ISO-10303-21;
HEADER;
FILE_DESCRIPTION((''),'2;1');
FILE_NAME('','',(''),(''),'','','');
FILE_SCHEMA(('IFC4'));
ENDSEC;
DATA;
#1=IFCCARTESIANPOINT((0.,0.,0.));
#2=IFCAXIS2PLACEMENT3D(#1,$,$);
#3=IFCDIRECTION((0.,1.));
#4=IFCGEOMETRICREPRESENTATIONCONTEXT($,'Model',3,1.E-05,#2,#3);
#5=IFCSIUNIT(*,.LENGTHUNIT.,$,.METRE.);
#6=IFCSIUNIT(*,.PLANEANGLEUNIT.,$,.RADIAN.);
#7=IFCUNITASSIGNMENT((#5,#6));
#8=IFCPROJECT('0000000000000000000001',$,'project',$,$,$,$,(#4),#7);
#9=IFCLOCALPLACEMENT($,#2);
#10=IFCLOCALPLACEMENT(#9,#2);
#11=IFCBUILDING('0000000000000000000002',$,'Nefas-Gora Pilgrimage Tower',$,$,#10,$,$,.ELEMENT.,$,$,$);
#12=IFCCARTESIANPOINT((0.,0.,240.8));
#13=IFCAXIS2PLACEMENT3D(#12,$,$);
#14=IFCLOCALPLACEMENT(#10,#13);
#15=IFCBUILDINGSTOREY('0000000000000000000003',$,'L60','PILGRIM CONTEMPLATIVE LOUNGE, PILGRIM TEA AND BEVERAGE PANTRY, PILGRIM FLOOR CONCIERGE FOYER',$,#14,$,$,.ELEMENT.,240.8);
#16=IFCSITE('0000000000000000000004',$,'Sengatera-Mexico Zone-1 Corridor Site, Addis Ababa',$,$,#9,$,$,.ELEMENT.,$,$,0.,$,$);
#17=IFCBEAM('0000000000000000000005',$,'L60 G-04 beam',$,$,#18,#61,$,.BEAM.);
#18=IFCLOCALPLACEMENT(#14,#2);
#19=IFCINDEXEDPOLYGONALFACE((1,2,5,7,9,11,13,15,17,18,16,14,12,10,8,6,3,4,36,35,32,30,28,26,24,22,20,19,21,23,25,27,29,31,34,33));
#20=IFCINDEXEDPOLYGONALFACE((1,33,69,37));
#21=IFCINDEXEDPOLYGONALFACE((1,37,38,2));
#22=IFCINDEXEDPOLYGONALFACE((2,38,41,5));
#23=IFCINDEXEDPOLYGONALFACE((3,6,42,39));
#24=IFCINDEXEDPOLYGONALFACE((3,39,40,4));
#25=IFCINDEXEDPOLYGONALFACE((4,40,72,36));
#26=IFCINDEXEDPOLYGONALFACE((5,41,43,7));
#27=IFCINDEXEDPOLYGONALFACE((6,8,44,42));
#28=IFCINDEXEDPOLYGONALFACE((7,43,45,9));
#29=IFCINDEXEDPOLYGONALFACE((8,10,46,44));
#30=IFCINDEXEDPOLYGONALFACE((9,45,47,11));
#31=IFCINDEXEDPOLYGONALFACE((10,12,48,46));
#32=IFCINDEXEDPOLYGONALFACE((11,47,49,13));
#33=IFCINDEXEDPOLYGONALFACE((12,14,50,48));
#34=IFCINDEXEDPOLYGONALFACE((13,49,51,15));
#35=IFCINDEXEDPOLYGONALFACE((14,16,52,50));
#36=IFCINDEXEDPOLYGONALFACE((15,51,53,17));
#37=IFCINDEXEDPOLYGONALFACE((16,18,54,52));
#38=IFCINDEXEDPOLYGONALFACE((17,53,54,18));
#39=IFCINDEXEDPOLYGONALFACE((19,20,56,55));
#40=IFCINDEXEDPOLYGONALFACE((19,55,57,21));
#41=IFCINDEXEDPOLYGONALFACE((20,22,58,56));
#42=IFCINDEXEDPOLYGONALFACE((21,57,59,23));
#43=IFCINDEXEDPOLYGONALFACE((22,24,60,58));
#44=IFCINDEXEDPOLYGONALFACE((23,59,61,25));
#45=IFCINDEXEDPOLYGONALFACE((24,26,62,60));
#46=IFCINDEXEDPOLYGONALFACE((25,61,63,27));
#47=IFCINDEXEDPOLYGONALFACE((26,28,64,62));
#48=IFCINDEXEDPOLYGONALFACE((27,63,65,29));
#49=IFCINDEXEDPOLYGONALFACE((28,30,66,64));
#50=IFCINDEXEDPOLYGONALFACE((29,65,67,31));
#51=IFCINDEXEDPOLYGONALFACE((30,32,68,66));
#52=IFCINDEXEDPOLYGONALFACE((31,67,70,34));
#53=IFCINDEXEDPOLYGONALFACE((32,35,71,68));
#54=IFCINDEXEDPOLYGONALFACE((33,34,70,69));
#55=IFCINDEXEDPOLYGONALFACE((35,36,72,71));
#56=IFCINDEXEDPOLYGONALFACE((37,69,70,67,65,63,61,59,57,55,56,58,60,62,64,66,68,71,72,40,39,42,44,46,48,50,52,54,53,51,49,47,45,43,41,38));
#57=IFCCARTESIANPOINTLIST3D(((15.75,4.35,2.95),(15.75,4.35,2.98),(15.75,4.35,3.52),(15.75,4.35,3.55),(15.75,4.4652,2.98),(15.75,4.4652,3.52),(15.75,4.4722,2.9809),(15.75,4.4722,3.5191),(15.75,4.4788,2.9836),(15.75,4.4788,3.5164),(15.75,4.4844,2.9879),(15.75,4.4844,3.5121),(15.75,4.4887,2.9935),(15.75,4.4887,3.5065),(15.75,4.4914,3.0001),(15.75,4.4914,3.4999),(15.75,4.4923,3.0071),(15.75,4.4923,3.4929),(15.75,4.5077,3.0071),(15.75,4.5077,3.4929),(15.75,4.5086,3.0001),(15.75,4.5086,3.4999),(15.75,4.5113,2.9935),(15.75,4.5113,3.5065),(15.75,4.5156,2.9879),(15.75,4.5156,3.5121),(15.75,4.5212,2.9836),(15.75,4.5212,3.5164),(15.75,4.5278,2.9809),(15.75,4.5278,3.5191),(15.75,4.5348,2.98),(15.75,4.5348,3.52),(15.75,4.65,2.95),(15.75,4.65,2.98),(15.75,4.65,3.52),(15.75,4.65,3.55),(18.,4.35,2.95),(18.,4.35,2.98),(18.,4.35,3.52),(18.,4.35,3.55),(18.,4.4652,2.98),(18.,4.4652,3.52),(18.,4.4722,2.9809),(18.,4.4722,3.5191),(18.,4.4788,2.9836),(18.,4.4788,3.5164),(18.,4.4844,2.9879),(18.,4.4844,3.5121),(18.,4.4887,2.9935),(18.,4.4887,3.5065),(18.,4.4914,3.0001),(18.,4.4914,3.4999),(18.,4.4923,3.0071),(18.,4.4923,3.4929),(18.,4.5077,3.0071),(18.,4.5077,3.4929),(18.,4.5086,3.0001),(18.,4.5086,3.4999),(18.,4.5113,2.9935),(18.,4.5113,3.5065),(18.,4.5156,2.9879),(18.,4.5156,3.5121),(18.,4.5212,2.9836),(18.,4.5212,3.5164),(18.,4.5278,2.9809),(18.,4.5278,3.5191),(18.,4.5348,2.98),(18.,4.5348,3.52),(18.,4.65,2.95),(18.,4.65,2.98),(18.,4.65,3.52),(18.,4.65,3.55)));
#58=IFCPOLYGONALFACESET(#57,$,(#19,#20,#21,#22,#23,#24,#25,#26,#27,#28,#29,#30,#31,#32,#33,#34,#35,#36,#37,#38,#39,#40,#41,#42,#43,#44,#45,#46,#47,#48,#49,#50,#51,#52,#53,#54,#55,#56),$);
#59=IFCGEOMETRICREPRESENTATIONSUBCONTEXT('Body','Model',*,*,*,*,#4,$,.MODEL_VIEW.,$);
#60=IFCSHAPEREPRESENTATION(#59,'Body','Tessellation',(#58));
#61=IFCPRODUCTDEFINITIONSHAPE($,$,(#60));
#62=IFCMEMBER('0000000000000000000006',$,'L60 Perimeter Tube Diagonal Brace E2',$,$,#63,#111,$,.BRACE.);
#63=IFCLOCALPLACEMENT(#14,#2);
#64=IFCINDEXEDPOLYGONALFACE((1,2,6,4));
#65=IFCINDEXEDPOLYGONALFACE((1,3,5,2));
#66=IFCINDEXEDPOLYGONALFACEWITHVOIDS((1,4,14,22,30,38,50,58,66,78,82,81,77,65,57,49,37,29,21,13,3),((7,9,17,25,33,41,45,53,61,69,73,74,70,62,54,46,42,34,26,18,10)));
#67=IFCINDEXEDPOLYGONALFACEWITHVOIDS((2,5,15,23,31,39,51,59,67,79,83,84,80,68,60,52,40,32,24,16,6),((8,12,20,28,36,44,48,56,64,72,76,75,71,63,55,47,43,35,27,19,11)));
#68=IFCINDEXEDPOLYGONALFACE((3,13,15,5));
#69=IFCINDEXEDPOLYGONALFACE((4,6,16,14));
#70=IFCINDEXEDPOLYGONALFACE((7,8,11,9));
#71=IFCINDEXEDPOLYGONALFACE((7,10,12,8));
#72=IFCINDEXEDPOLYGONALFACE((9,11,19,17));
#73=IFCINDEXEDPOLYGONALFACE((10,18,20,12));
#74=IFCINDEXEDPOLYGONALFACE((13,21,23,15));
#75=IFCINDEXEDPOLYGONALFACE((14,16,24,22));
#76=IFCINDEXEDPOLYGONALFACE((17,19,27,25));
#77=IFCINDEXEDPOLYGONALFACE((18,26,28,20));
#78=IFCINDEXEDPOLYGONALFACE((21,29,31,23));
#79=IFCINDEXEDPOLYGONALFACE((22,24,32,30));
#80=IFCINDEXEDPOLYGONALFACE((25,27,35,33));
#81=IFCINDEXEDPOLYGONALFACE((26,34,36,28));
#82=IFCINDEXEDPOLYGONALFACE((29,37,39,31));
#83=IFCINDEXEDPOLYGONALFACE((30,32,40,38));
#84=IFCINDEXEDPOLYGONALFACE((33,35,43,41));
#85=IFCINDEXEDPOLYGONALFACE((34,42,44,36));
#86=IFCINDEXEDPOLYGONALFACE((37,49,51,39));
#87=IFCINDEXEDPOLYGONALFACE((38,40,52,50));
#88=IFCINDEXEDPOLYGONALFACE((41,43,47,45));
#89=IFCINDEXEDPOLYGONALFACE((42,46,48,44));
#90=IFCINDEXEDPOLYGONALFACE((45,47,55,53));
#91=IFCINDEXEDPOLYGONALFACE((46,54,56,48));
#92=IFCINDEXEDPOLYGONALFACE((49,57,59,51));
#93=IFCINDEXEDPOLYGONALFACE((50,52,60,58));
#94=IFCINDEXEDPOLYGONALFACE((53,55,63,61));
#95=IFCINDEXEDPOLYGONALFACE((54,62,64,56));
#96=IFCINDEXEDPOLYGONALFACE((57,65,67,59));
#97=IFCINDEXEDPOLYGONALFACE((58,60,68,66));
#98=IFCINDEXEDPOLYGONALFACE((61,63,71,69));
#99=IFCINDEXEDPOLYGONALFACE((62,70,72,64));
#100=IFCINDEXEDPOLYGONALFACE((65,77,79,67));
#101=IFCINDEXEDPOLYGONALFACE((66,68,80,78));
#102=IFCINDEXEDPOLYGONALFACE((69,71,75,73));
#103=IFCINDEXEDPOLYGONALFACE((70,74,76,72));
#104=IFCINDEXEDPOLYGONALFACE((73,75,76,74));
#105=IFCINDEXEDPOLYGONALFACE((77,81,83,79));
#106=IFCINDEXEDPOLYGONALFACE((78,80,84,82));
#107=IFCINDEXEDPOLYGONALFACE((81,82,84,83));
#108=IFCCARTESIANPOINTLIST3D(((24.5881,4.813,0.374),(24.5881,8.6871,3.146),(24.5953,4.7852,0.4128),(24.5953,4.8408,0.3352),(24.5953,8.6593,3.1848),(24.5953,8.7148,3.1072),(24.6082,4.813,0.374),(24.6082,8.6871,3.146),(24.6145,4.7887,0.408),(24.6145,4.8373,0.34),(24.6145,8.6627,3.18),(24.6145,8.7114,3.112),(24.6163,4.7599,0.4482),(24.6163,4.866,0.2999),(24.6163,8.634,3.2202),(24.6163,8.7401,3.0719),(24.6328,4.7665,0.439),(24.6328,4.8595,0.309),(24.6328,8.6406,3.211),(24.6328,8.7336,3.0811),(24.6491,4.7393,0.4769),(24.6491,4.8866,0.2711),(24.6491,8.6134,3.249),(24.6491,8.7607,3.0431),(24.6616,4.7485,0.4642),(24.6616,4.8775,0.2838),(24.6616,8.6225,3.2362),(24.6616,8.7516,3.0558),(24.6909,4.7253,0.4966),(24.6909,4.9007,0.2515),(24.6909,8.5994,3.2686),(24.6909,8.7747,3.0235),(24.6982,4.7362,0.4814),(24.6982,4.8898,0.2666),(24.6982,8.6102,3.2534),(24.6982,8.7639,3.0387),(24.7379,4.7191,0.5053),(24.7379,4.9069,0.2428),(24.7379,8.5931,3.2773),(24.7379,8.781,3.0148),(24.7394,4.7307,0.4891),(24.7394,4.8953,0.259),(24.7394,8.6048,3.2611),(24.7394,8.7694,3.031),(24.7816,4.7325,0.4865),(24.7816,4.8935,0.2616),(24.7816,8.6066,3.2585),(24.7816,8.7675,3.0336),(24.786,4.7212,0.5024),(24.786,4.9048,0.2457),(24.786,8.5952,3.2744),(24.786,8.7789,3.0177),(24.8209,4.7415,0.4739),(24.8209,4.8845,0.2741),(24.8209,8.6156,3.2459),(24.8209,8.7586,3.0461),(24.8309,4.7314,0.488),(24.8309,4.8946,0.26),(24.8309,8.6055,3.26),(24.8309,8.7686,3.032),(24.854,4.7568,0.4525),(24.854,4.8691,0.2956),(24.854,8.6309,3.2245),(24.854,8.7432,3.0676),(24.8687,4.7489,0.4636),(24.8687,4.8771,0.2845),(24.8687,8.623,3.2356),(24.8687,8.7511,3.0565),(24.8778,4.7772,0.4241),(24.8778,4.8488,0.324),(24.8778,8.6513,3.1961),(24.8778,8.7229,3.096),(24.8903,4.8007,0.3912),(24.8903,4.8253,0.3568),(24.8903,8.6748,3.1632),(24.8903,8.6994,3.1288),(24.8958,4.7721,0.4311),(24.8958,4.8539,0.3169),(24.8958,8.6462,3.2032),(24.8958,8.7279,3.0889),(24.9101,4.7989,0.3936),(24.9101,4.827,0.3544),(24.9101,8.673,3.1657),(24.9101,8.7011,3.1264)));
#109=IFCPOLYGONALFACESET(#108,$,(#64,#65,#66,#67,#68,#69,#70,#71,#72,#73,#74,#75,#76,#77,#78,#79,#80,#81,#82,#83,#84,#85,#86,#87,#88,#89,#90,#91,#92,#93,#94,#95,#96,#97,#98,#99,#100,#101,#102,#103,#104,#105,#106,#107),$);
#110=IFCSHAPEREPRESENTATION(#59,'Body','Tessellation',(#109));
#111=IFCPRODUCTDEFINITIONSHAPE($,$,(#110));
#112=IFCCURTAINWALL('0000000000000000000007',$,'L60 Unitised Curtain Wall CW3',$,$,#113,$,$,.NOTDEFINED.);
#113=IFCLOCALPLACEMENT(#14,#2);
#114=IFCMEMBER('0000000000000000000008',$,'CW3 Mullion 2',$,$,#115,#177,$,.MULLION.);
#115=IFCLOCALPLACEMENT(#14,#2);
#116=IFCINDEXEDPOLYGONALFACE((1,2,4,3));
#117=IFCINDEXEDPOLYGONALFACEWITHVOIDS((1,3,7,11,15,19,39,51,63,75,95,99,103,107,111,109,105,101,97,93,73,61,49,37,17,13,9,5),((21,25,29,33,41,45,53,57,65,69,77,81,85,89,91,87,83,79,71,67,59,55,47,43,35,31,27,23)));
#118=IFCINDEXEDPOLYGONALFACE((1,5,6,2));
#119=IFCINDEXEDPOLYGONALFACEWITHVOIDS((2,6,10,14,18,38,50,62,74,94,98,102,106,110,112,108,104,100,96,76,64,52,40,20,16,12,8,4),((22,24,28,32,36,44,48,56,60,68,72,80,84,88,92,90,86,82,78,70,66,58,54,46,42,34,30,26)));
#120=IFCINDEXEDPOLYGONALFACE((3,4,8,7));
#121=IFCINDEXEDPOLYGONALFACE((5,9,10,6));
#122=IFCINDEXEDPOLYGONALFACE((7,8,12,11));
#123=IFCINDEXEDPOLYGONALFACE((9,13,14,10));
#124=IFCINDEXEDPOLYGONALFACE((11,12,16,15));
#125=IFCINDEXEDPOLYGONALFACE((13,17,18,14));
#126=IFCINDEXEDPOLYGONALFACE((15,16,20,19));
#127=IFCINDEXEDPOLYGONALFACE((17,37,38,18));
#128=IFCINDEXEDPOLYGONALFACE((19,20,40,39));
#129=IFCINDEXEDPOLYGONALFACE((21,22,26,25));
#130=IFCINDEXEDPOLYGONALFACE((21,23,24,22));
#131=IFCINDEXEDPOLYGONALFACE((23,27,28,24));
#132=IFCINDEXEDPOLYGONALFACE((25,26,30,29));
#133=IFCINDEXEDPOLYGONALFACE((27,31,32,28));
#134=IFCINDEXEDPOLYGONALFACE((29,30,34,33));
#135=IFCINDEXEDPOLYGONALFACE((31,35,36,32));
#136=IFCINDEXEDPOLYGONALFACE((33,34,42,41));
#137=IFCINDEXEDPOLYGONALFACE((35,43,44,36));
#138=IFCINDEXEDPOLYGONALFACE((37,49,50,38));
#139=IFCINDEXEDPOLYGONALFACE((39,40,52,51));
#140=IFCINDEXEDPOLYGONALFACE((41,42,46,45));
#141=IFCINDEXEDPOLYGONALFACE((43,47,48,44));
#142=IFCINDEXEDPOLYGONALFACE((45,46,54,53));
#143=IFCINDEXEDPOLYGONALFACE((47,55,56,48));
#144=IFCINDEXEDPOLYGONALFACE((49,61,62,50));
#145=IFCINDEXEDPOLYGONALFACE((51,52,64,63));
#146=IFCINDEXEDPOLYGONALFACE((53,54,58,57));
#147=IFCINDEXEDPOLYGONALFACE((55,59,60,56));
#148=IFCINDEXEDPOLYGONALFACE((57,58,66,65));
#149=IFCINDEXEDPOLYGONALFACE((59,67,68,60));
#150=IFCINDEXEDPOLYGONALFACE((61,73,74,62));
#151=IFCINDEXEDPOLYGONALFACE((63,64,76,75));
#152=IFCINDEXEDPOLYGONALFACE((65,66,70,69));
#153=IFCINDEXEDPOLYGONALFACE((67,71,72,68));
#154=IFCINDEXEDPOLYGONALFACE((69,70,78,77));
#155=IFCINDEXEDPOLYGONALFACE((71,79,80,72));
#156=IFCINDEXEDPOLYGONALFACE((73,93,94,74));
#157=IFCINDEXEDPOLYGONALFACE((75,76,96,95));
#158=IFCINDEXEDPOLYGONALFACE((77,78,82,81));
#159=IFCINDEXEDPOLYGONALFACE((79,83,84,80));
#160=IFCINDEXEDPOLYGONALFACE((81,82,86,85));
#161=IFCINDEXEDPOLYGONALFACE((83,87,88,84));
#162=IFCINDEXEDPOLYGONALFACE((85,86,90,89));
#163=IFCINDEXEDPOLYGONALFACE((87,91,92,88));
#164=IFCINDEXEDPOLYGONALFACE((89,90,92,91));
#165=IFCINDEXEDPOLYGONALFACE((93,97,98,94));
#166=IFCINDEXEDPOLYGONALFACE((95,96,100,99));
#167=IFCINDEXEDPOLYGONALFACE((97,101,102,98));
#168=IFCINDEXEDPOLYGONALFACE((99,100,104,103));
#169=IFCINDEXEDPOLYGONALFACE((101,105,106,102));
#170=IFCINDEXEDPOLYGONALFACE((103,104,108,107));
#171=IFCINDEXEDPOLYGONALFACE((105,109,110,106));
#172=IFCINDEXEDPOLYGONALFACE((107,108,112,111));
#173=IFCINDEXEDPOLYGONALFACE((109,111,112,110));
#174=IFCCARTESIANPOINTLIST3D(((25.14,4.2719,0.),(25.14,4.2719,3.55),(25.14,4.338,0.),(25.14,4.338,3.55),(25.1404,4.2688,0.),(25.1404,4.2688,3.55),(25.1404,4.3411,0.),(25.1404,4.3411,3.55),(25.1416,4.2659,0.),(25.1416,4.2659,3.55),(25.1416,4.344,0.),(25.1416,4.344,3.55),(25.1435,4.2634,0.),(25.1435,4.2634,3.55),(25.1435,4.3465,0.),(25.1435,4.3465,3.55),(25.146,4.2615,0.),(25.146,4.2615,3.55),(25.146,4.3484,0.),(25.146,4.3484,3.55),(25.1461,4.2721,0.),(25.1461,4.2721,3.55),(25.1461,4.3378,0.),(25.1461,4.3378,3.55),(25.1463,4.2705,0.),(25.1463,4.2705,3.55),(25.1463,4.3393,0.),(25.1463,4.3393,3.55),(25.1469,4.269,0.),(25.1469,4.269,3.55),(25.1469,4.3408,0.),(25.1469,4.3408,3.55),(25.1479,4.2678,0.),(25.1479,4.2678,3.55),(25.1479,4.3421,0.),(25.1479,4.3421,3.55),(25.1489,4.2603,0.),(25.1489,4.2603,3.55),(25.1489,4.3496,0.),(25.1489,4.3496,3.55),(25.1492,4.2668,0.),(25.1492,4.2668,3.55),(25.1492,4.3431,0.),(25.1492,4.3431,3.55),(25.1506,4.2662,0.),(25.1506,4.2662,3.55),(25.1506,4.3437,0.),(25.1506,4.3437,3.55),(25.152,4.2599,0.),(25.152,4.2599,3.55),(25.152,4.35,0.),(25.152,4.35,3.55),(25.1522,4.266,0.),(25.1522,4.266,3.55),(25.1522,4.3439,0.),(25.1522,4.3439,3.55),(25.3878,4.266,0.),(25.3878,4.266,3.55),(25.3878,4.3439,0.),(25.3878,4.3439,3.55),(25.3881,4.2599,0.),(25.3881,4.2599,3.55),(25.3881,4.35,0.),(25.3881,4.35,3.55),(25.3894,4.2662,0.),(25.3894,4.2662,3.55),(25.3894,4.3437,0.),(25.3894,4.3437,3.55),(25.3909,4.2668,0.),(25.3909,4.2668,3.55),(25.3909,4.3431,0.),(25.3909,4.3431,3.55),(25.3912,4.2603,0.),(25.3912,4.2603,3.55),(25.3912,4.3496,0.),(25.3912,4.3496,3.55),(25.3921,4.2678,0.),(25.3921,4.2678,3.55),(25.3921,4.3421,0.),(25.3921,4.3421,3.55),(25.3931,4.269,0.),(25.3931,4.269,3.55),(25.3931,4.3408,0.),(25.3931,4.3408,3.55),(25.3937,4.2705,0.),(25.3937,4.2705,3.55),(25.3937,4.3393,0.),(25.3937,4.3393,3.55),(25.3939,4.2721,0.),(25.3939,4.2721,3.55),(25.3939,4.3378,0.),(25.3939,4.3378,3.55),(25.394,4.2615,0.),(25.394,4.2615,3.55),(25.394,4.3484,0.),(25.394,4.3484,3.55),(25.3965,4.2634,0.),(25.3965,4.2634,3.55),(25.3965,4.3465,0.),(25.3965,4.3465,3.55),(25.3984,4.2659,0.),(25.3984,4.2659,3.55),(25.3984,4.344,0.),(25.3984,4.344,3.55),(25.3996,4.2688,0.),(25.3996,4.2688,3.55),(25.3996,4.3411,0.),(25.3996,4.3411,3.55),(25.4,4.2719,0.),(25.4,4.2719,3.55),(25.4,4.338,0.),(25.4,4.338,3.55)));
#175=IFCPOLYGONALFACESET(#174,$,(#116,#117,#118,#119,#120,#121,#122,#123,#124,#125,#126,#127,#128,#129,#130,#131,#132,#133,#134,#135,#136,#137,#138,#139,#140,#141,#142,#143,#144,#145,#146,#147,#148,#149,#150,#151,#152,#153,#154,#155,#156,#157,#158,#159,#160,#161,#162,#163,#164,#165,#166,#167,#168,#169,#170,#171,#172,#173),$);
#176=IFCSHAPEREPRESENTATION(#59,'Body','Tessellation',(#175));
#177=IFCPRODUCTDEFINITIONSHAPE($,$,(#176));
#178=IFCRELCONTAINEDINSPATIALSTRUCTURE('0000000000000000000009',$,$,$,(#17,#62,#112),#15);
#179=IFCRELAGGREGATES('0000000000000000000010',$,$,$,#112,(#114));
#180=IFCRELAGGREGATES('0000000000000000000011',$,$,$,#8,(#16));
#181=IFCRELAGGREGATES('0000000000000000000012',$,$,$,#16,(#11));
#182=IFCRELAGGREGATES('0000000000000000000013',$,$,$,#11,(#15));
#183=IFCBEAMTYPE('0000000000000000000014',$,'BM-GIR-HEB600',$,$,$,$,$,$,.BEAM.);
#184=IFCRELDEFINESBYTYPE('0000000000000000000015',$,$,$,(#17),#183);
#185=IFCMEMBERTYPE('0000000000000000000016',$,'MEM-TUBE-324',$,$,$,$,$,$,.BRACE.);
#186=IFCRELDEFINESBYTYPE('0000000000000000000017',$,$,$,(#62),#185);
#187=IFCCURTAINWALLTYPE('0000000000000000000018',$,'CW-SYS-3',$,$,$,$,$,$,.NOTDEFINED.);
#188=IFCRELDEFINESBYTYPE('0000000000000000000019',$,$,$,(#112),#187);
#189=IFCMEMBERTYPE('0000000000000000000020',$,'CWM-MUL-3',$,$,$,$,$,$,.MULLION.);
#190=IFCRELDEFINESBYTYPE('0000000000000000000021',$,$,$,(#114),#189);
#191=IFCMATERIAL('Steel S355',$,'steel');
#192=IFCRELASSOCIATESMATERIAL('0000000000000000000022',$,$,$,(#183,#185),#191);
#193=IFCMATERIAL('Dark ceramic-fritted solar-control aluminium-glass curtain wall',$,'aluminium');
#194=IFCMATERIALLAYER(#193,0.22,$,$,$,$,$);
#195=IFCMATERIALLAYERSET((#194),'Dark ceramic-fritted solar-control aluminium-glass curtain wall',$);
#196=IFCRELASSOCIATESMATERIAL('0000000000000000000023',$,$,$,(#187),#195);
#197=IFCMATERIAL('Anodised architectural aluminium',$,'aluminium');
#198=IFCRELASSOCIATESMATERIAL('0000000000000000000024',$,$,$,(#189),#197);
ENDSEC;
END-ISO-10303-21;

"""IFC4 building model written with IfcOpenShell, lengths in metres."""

from ifc_helpers import new_model, si_unit, direction, frame, origin, origin_2d, place, context, subcontext, project, spatial, hollow_rectangle, hollow_circle, i_section, extrude, source, transform, mapped, material, layer, layer_set, material_profile, profile_set, type_object, element, aggregate, save


model = new_model("IFC4")

# Units and contexts
model_context = context("Model", 3, precision=1e-05, world=origin(), true_north=direction((0.0, 1.0)))
body_context = subcontext(model_context, "Body", "Model", "MODEL_VIEW")
ifc_project = project(units=[si_unit("LENGTHUNIT", "METRE"), si_unit("PLANEANGLEUNIT", "RADIAN")], contexts=[model_context])

# Site, building, storey
site_placement = place(None, origin())
site = spatial("IfcSite", under=ifc_project, at=site_placement, Name="Sengatera-Mexico Zone-1 Corridor Site, Addis Ababa", CompositionType="ELEMENT", RefElevation=0.0)
building_placement = place(site_placement, origin())
building = spatial("IfcBuilding", under=site, at=building_placement, Name="Nefas-Gora Pilgrimage Tower", CompositionType="ELEMENT")
storey_placement = place(building_placement, frame((0.0, 0.0, 240.8)))
storey = spatial("IfcBuildingStorey", under=building, at=storey_placement, Name="L60", Description="PILGRIM CONTEMPLATIVE LOUNGE, PILGRIM TEA AND BEVERAGE PANTRY, PILGRIM FLOOR CONCIERGE FOYER", CompositionType="ELEMENT", Elevation=240.8)

# Beam
ifc_material_1 = material(Name="Steel S355", Category="steel")
ifc_material_profile_1 = material_profile(ifc_material_1, i_section(OverallWidth=0.3, OverallDepth=0.6001, WebThickness=0.0154, FlangeThickness=0.03, FilletRadius=0.0271, at=origin_2d()), Name="HEB 600")
ifc_profile_set_1 = profile_set([ifc_material_profile_1], Name="Steel S355")
beam_type_1 = type_object("IfcBeamType", Name="BM-GIR-HEB600", PredefinedType="BEAM", material=ifc_profile_set_1)
shared_shape_1 = source(origin(), body_context, "Body", "SweptSolid", [
    extrude(i_section(OverallWidth=0.3, OverallDepth=0.6001, WebThickness=0.0154, FlangeThickness=0.03, FilletRadius=0.0271, at=origin_2d()), origin(), (0.0, 0.0, 1.0), 2.25),
])
for number, where, z_axis, x_axis, name in (
    (1, (15.75, 4.5, 3.25), (1.0, 0.0, 0.0), (0.0, 1.0, 0.0), "L60 G-04 beam"),
):
    element("IfcBeam", number, at=place(storey_placement, frame(where, z_axis=z_axis, x_axis=x_axis)), inside=storey, type_object=beam_type_1, Name=name, PredefinedType="BEAM", context=body_context, shape_type="MappedRepresentation", body=[
        mapped(shared_shape_1, transform((0.0, 0.0, 0.0), x_axis=(1.0, 0.0, 0.0), y_axis=(0.0, 1.0, 0.0), z_axis=(0.0, 0.0, 1.0), scale=1.0)),
    ])

# Member
ifc_material_profile_2 = material_profile(ifc_material_1, hollow_circle(Radius=0.1619, WallThickness=0.02, at=origin_2d()), Name="CHS 323.9x20")
ifc_profile_set_2 = profile_set([ifc_material_profile_2], Name="Steel S355")
member_type_1 = type_object("IfcMemberType", Name="MEM-TUBE-324", PredefinedType="BRACE", material=ifc_profile_set_2)
shared_shape_2 = source(origin(), body_context, "Body", "SweptSolid", [
    extrude(hollow_circle(Radius=0.1619, WallThickness=0.02, at=origin_2d()), origin(), (0.0, 0.0, 1.0), 4.7637),
])
member_1_placement = place(storey_placement, frame((24.75, 4.813, 0.374), z_axis=(0.0, 0.813255, 0.581907), x_axis=(-1.0, 0.0, 0.0)))
element("IfcMember", 2, at=member_1_placement, inside=storey, type_object=member_type_1, Name="L60 Perimeter Tube Diagonal Brace E2", PredefinedType="BRACE", context=body_context, shape_type="MappedRepresentation", body=[
    mapped(shared_shape_2, transform((0.0, 0.0, 0.0), x_axis=(1.0, 0.0, 0.0), y_axis=(0.0, 1.0, 0.0), z_axis=(0.0, 0.0, 1.0), scale=1.0)),
])

# Curtain wall, member
ifc_material_2 = material(Name="Dark ceramic-fritted solar-control aluminium-glass curtain wall", Category="aluminium")
ifc_layer_1 = layer(ifc_material_2, 0.22)
ifc_layer_set_1 = layer_set([ifc_layer_1], Name="Dark ceramic-fritted solar-control aluminium-glass curtain wall")
curtain_wall_type = type_object("IfcCurtainWallType", Name="CW-SYS-3", PredefinedType="NOTDEFINED", material=ifc_layer_set_1)
curtain_wall_placement = place(storey_placement, origin())
curtain_wall = element("IfcCurtainWall", 3, at=curtain_wall_placement, inside=storey, type_object=curtain_wall_type, Name="L60 Unitised Curtain Wall CW3", PredefinedType="NOTDEFINED")
ifc_material_3 = material(Name="Anodised architectural aluminium", Category="aluminium")
ifc_material_profile_3 = material_profile(ifc_material_3, hollow_rectangle(XDim=0.0901, YDim=0.26, WallThickness=0.0061, InnerFilletRadius=0.0061, OuterFilletRadius=0.012, at=origin_2d()), Name="ALU MULLION 90x260")
ifc_profile_set_3 = profile_set([ifc_material_profile_3], Name="Anodised architectural aluminium")
member_type_2 = type_object("IfcMemberType", Name="CWM-MUL-3", PredefinedType="MULLION", material=ifc_profile_set_3)
shared_shape_3 = source(origin(), body_context, "Body", "SweptSolid", [
    extrude(hollow_rectangle(XDim=0.0901, YDim=0.26, WallThickness=0.0061, InnerFilletRadius=0.0061, OuterFilletRadius=0.012, at=origin_2d()), origin(), (0.0, 0.0, 1.0), 3.55),
])
member_2_placement = place(storey_placement, frame((25.27, 4.3049, 0.0), z_axis=(0.0, 0.0, 1.0), x_axis=(0.0, 1.0, 0.0)))
member_2 = element("IfcMember", 4, at=member_2_placement, type_object=member_type_2, Name="CW3 Mullion 2", PredefinedType="MULLION", context=body_context, shape_type="MappedRepresentation", body=[
    mapped(shared_shape_3, transform((0.0, 0.0, 0.0), x_axis=(1.0, 0.0, 0.0), y_axis=(0.0, 1.0, 0.0), z_axis=(0.0, 0.0, 1.0), scale=1.0)),
])

aggregate(curtain_wall, [member_2])

save(model, "model.ifc")
